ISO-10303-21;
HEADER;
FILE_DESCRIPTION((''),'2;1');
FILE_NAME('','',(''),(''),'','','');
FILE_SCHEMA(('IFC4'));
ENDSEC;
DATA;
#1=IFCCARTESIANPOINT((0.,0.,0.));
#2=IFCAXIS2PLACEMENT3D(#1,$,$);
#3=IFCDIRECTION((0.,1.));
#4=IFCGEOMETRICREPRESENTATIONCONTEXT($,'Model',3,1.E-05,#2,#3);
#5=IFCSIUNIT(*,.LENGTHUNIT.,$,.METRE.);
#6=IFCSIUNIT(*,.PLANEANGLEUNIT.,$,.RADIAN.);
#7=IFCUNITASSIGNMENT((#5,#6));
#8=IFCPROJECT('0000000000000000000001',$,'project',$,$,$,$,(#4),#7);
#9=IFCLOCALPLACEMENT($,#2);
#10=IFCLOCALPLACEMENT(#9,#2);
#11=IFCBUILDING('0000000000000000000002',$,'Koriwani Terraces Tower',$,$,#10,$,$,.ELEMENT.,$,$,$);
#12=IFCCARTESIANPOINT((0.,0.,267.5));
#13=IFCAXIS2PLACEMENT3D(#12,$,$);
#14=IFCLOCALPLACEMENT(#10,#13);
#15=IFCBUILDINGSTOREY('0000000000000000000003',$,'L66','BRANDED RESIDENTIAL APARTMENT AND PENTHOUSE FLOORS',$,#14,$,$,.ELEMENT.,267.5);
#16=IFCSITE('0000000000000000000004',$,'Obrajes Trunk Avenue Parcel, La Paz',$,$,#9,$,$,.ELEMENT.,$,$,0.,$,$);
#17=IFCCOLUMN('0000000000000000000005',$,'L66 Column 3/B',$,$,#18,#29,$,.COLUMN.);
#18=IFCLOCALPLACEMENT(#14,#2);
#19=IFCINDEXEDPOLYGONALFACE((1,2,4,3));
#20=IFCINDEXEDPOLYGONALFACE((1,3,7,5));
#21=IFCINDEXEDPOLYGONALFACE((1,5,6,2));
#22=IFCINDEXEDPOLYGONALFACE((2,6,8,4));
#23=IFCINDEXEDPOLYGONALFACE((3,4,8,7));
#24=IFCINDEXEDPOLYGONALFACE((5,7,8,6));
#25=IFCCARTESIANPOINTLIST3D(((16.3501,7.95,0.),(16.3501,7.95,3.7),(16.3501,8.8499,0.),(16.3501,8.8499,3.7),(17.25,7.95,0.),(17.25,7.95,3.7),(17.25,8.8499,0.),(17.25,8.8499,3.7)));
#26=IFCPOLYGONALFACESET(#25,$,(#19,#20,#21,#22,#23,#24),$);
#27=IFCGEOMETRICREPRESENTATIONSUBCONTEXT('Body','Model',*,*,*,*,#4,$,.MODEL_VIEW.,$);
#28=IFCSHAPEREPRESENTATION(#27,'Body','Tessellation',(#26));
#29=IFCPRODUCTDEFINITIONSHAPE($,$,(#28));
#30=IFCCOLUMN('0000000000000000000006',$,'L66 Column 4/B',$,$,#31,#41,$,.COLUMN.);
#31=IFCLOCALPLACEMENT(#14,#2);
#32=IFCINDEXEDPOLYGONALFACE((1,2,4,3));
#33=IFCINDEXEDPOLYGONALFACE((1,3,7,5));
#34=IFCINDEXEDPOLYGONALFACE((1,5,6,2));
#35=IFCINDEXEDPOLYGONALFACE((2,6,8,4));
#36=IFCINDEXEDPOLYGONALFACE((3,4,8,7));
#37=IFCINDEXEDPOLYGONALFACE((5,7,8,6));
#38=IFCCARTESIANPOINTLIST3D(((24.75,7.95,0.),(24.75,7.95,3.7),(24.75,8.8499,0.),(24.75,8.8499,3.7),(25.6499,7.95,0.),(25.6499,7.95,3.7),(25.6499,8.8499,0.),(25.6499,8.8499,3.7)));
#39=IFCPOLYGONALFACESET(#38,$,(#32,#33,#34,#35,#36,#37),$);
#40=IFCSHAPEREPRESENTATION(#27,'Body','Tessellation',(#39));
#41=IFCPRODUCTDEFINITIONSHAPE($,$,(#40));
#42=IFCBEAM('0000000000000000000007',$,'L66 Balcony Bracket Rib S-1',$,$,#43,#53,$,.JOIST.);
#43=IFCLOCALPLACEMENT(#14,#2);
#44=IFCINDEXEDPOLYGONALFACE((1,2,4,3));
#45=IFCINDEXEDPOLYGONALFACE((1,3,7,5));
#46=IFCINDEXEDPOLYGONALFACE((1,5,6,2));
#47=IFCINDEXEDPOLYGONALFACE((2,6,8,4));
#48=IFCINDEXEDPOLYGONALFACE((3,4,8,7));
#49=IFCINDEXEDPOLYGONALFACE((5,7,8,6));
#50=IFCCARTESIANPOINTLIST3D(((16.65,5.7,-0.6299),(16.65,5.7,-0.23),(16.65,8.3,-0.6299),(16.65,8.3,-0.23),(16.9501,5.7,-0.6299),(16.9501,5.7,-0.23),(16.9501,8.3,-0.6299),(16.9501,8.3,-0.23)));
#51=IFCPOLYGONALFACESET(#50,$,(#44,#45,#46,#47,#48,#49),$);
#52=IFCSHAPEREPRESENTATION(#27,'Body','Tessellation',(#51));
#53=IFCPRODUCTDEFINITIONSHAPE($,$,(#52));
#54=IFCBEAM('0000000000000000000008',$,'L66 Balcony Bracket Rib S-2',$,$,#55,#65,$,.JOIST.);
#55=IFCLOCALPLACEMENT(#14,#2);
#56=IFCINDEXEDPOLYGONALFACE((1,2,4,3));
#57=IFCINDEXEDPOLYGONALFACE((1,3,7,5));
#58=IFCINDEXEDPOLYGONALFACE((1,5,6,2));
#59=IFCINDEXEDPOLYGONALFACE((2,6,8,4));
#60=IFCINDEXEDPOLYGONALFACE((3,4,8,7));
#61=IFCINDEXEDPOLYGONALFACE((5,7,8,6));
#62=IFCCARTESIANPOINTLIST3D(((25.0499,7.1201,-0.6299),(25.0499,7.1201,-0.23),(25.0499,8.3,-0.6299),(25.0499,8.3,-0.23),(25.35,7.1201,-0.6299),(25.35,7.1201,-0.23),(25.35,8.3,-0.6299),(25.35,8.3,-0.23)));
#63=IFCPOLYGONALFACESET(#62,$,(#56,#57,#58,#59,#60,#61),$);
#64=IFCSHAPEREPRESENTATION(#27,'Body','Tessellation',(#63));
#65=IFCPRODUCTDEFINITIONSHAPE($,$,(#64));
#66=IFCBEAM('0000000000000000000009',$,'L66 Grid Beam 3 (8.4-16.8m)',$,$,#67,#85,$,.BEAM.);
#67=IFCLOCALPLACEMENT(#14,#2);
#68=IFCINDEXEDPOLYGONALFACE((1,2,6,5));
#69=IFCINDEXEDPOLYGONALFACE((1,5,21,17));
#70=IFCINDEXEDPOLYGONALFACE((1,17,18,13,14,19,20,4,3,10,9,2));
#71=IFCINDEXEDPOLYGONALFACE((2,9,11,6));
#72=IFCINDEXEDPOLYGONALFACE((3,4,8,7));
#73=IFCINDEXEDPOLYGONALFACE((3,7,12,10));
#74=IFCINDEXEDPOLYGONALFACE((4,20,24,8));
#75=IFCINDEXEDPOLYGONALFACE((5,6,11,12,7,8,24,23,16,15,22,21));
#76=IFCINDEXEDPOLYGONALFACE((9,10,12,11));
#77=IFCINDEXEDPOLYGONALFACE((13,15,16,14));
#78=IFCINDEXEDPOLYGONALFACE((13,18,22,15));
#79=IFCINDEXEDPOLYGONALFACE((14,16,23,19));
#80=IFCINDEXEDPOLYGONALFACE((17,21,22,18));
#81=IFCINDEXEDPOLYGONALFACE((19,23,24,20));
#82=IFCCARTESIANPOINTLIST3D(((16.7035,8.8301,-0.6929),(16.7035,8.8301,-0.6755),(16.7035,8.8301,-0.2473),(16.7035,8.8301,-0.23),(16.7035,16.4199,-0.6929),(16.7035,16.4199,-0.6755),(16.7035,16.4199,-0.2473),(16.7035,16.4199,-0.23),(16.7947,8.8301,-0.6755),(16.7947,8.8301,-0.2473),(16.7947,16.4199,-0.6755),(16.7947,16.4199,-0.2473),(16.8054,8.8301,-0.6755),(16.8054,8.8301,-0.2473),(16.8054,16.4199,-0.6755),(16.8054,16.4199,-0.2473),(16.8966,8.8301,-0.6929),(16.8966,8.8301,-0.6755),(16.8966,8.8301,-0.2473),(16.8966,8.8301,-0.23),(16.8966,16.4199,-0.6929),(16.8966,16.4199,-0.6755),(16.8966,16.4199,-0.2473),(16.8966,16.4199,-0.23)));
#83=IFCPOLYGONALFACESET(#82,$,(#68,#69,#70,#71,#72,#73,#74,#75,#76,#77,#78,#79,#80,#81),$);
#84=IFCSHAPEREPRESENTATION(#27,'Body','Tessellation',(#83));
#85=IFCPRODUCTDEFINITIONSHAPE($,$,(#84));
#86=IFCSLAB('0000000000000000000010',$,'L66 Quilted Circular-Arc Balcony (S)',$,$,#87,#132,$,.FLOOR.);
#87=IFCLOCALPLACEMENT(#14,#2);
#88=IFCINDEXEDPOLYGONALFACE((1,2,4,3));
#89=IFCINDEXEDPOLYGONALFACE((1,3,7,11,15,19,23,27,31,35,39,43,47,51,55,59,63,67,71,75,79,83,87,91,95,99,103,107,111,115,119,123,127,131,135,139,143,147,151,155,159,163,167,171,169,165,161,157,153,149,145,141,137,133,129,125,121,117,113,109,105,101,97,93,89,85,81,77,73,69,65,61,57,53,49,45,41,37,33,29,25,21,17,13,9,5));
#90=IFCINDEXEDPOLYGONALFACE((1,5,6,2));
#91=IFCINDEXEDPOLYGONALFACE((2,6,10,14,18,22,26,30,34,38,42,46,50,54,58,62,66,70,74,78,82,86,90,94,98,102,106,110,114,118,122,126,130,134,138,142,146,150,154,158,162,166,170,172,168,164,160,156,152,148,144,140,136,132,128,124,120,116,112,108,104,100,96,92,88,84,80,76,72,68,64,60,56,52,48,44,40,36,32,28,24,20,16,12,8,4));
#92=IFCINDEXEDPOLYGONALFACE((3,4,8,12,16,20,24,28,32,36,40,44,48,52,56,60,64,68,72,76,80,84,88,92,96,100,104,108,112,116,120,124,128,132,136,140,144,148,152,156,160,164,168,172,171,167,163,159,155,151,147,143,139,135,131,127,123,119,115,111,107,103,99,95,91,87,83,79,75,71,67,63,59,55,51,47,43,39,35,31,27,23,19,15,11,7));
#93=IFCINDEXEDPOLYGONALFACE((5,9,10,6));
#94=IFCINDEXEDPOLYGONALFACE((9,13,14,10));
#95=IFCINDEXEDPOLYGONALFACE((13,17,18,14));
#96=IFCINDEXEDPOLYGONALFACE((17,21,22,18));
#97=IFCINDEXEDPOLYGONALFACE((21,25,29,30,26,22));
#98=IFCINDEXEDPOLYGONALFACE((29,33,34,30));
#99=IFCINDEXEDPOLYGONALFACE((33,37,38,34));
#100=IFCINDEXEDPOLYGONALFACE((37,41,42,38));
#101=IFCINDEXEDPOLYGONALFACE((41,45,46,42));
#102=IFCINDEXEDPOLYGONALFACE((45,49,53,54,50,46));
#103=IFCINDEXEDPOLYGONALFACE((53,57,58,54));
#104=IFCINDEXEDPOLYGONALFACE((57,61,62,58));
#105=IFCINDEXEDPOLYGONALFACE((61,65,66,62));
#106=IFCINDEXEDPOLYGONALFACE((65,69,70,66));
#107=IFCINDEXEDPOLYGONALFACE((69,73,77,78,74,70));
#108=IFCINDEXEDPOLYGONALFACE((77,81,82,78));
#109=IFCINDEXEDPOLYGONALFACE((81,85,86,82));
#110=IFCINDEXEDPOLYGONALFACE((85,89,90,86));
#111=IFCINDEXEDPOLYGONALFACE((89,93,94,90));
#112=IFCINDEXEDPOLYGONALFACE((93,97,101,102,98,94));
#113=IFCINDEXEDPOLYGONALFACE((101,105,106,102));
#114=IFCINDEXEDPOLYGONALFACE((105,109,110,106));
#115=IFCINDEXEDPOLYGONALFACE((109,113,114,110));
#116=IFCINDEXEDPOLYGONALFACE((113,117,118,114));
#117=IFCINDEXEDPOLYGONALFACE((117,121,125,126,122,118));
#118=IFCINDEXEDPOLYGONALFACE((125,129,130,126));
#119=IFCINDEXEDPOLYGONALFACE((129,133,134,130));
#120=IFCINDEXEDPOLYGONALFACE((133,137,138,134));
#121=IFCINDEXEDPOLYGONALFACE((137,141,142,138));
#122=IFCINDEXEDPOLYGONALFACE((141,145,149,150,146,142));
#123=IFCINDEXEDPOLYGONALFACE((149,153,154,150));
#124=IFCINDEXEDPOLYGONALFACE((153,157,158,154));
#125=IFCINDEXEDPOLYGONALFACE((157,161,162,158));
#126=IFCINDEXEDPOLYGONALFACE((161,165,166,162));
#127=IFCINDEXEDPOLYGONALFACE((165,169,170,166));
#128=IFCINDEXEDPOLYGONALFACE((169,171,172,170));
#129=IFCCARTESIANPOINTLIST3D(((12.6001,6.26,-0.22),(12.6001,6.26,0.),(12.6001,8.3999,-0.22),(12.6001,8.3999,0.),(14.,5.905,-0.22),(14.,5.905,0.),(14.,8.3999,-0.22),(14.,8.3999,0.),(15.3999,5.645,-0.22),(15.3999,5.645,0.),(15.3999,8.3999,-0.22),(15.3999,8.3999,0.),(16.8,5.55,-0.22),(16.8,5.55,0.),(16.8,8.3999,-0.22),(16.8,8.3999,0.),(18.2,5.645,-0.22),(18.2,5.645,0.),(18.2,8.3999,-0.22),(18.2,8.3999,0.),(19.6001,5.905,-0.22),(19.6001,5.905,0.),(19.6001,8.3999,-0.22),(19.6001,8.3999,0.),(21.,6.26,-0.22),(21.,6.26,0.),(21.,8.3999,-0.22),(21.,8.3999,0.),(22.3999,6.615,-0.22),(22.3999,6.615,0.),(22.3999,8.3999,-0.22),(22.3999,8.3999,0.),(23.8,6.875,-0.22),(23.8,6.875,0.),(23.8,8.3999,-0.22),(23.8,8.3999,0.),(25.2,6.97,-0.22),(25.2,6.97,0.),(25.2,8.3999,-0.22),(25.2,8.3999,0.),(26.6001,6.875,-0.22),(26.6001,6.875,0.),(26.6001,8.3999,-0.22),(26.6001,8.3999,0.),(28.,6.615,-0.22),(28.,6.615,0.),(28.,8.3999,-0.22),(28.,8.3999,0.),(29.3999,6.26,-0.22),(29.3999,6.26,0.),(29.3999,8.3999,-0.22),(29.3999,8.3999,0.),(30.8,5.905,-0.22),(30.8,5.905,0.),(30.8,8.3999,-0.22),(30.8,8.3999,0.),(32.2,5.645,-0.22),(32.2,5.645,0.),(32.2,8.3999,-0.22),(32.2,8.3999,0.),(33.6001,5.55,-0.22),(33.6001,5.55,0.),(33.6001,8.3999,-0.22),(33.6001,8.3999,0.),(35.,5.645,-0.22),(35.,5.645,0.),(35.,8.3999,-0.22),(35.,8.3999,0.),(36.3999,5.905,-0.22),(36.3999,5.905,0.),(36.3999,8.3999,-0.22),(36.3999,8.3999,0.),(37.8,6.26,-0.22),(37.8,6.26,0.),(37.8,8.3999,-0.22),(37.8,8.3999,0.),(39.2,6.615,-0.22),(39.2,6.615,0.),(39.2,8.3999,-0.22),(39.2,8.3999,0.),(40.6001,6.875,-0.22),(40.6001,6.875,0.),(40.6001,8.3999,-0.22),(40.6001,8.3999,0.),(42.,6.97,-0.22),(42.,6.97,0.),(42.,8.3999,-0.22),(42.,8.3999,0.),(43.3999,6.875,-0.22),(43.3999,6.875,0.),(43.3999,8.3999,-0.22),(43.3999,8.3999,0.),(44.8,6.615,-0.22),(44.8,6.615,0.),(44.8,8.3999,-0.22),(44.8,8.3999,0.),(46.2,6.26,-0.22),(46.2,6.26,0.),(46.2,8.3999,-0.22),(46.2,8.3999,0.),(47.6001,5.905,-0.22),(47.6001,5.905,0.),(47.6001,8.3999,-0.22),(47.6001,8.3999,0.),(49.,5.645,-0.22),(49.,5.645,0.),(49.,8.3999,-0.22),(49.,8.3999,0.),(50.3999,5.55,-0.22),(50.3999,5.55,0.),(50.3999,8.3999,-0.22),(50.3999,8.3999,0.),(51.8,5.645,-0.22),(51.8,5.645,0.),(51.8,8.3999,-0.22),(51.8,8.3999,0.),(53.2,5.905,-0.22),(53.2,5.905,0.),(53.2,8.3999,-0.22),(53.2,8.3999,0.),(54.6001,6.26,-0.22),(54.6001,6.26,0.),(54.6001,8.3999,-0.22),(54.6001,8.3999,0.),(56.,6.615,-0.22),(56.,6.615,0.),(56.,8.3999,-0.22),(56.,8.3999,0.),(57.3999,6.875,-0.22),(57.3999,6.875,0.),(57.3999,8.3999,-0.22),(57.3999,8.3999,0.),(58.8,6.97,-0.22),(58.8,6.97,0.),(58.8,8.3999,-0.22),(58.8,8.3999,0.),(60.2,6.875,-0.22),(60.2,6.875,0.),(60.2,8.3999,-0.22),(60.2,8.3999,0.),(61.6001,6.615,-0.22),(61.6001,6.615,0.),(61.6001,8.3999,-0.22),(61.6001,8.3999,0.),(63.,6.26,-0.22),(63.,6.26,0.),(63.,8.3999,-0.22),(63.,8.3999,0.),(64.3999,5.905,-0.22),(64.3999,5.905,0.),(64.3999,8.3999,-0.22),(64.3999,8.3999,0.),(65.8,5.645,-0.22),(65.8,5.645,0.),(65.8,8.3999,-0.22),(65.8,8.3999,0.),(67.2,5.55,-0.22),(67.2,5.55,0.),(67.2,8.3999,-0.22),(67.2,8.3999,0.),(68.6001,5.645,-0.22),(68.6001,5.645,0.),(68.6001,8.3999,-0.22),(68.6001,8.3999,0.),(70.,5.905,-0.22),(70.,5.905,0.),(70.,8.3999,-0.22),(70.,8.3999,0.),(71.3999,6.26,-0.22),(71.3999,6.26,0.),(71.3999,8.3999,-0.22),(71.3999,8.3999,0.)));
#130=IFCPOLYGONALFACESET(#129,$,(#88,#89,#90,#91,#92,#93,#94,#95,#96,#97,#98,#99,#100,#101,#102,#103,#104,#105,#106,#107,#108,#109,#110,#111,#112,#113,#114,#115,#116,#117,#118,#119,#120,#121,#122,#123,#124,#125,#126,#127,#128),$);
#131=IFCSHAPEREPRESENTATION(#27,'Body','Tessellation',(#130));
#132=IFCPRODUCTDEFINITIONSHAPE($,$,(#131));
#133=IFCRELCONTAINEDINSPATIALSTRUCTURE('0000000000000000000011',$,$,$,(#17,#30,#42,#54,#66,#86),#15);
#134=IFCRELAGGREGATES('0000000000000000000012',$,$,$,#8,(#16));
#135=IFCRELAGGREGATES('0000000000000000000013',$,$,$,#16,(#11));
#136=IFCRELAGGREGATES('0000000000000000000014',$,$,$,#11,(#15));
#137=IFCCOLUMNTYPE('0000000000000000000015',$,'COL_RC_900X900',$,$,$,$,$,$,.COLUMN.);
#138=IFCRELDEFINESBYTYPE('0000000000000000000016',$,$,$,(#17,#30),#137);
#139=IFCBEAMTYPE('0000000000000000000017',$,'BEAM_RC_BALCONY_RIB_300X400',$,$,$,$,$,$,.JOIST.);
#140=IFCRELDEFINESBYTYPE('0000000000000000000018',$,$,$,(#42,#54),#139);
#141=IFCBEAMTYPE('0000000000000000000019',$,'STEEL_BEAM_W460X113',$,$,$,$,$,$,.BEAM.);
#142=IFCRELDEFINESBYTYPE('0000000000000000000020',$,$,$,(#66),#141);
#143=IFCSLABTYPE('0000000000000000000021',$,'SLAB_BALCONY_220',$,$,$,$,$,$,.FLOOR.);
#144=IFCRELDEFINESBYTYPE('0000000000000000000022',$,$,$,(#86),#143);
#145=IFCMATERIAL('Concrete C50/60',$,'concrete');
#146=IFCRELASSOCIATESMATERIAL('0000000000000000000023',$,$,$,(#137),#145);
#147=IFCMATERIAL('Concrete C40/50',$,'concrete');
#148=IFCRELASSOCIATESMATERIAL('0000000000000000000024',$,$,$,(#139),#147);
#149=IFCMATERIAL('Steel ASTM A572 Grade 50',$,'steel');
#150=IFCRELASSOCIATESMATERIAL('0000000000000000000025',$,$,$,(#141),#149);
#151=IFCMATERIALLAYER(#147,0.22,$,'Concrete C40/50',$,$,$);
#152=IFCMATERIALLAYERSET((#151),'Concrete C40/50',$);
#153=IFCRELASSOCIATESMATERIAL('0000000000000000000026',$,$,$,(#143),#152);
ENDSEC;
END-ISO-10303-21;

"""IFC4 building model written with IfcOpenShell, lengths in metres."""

from ifc_helpers import new_model, si_unit, direction, frame, origin, origin_2d, place, context, subcontext, project, spatial, polyline, rectangle, i_section, outline, extrude, material, layer, layer_set, material_profile, profile_set, type_object, element, save


model = new_model("IFC4")

# Units and contexts
model_context = context("Model", 3, precision=1e-05, world=origin(), true_north=direction((0.0, 1.0)))
body_context = subcontext(model_context, "Body", "Model", "MODEL_VIEW")
ifc_project = project(units=[si_unit("LENGTHUNIT", "METRE"), si_unit("PLANEANGLEUNIT", "RADIAN")], contexts=[model_context])

# Site, building, storey
site_placement = place(None, origin())
site = spatial("IfcSite", under=ifc_project, at=site_placement, Name="Obrajes Trunk Avenue Parcel, La Paz", CompositionType="ELEMENT", RefElevation=0.0)
building_placement = place(site_placement, origin())
building = spatial("IfcBuilding", under=site, at=building_placement, Name="Koriwani Terraces Tower", CompositionType="ELEMENT")
storey_placement = place(building_placement, frame((0.0, 0.0, 267.5)))
storey = spatial("IfcBuildingStorey", under=building, at=storey_placement, Name="L66", Description="BRANDED RESIDENTIAL APARTMENT AND PENTHOUSE FLOORS", CompositionType="ELEMENT", Elevation=267.5)

# Columns
ifc_material_1 = material(Name="Concrete C50/60", Category="concrete")
ifc_material_profile_1 = material_profile(ifc_material_1, rectangle(XDim=0.8999, YDim=0.8999, at=origin_2d()), Name="Concrete C50/60", Category="LoadBearing")
ifc_profile_set_1 = profile_set([ifc_material_profile_1], Name="Concrete C50/60")
column_type = type_object("IfcColumnType", Name="COL_RC_900X900", PredefinedType="COLUMN", material=ifc_profile_set_1)
for number, where, z_axis, x_axis, name in (
    (1, (16.8, 8.3999, 0.0), (0.0, 0.0, 1.0), (1.0, 0.0, 0.0), "L66 Column 3/B"),
    (2, (25.2, 8.3999, 0.0), (0.0, 0.0, 1.0), (1.0, 0.0, 0.0), "L66 Column 4/B"),
):
    element("IfcColumn", number, at=place(storey_placement, frame(where, z_axis=z_axis, x_axis=x_axis)), inside=storey, type_object=column_type, Name=name, PredefinedType="COLUMN", context=body_context, shape_type="SweptSolid", body=[
        extrude(rectangle(XDim=0.8999, YDim=0.8999, at=origin_2d()), origin(), (0.0, 0.0, 1.0), 3.7),
    ])

# Beams
ifc_material_2 = material(Name="Concrete C40/50", Category="concrete")
ifc_material_profile_2 = material_profile(ifc_material_2, rectangle(XDim=0.3, YDim=0.3999, at=origin_2d()), Name="Concrete C40/50", Category="LoadBearing")
ifc_profile_set_2 = profile_set([ifc_material_profile_2], Name="Concrete C40/50")
beam_type_1 = type_object("IfcBeamType", Name="BEAM_RC_BALCONY_RIB_300X400", PredefinedType="JOIST", material=ifc_profile_set_2)
beam_1_placement = place(storey_placement, frame((16.8, 5.7, -0.4299), z_axis=(0.0, 1.0, 0.0), x_axis=(-1.0, 0.0, 0.0)))
element("IfcBeam", 3, at=beam_1_placement, inside=storey, type_object=beam_type_1, Name="L66 Balcony Bracket Rib S-1", PredefinedType="JOIST", context=body_context, shape_type="SweptSolid", body=[
    extrude(rectangle(XDim=0.3, YDim=0.3999, at=origin_2d()), origin(), (0.0, 0.0, 1.0), 2.6001),
])
beam_2_placement = place(storey_placement, frame((25.2, 7.1201, -0.4299), z_axis=(0.0, 1.0, 0.0), x_axis=(-1.0, 0.0, 0.0)))
element("IfcBeam", 4, at=beam_2_placement, inside=storey, type_object=beam_type_1, Name="L66 Balcony Bracket Rib S-2", PredefinedType="JOIST", context=body_context, shape_type="SweptSolid", body=[
    extrude(rectangle(XDim=0.3, YDim=0.3999, at=origin_2d()), origin(), (0.0, 0.0, 1.0), 1.1799),
])
ifc_material_3 = material(Name="Steel ASTM A572 Grade 50", Category="steel")
ifc_material_profile_3 = material_profile(ifc_material_3, i_section(OverallWidth=0.1931, OverallDepth=0.4629, WebThickness=0.0107, FlangeThickness=0.0173, at=origin_2d()), Name="Steel ASTM A572 Grade 50", Category="LoadBearing")
ifc_profile_set_3 = profile_set([ifc_material_profile_3], Name="Steel ASTM A572 Grade 50")
beam_type_2 = type_object("IfcBeamType", Name="STEEL_BEAM_W460X113", PredefinedType="BEAM", material=ifc_profile_set_3)
beam_3_placement = place(storey_placement, frame((16.8, 8.8301, -0.4614), z_axis=(0.0, 1.0, 0.0), x_axis=(-1.0, 0.0, 0.0)))
element("IfcBeam", 5, at=beam_3_placement, inside=storey, type_object=beam_type_2, Name="L66 Grid Beam 3 (8.4-16.8m)", PredefinedType="BEAM", context=body_context, shape_type="SweptSolid", body=[
    extrude(i_section(OverallWidth=0.1931, OverallDepth=0.4629, WebThickness=0.0107, FlangeThickness=0.0173, at=origin_2d()), origin(), (0.0, 0.0, 1.0), 7.5898),
])

# Slab
ifc_layer_1 = layer(ifc_material_2, 0.22, Name="Concrete C40/50")
ifc_layer_set_1 = layer_set([ifc_layer_1], Name="Concrete C40/50")
slab_type_1 = type_object("IfcSlabType", Name="SLAB_BALCONY_220", PredefinedType="FLOOR", material=ifc_layer_set_1)
slab_1_placement = place(storey_placement, frame((0.0, 0.0, -0.22)))
element("IfcSlab", 6, at=slab_1_placement, inside=storey, type_object=slab_type_1, Name="L66 Quilted Circular-Arc Balcony (S)", PredefinedType="FLOOR", context=body_context, shape_type="SweptSolid", body=[
    extrude(outline(polyline([(12.6001, 8.3999), (14.0, 8.3999), (15.3999, 8.3999), (16.8, 8.3999), (18.2, 8.3999), (19.6001, 8.3999), (21.0, 8.3999), (22.3999, 8.3999), (23.8, 8.3999), (25.2, 8.3999), (26.6001, 8.3999), (28.0, 8.3999), (29.3999, 8.3999), (30.8, 8.3999), (32.2, 8.3999), (33.6001, 8.3999), (35.0, 8.3999), (36.3999, 8.3999), (37.8, 8.3999), (39.2, 8.3999), (40.6001, 8.3999), (42.0, 8.3999), (43.3999, 8.3999), (44.8, 8.3999), (46.2, 8.3999), (47.6001, 8.3999), (49.0, 8.3999), (50.3999, 8.3999), (51.8, 8.3999), (53.2, 8.3999), (54.6001, 8.3999), (56.0, 8.3999), (57.3999, 8.3999), (58.8, 8.3999), (60.2, 8.3999), (61.6001, 8.3999), (63.0, 8.3999), (64.3999, 8.3999), (65.8, 8.3999), (67.2, 8.3999), (68.6001, 8.3999), (70.0, 8.3999), (71.3999, 8.3999), (71.3999, 6.26), (70.0, 5.905), (68.6001, 5.645), (67.2, 5.55), (65.8, 5.645), (64.3999, 5.905), (63.0, 6.26), (61.6001, 6.615), (60.2, 6.875), (58.8, 6.97), (57.3999, 6.875), (56.0, 6.615), (54.6001, 6.26), (53.2, 5.905), (51.8, 5.645), (50.3999, 5.55), (49.0, 5.645), (47.6001, 5.905), (46.2, 6.26), (44.8, 6.615), (43.3999, 6.875), (42.0, 6.97), (40.6001, 6.875), (39.2, 6.615), (37.8, 6.26), (36.3999, 5.905), (35.0, 5.645), (33.6001, 5.55), (32.2, 5.645), (30.8, 5.905), (29.3999, 6.26), (28.0, 6.615), (26.6001, 6.875), (25.2, 6.97), (23.8, 6.875), (22.3999, 6.615), (21.0, 6.26), (19.6001, 5.905), (18.2, 5.645), (16.8, 5.55), (15.3999, 5.645), (14.0, 5.905), (12.6001, 6.26), (12.6001, 8.3999)])), origin(), (0.0, 0.0, 1.0), 0.22),
])

save(model, "model.ifc")
